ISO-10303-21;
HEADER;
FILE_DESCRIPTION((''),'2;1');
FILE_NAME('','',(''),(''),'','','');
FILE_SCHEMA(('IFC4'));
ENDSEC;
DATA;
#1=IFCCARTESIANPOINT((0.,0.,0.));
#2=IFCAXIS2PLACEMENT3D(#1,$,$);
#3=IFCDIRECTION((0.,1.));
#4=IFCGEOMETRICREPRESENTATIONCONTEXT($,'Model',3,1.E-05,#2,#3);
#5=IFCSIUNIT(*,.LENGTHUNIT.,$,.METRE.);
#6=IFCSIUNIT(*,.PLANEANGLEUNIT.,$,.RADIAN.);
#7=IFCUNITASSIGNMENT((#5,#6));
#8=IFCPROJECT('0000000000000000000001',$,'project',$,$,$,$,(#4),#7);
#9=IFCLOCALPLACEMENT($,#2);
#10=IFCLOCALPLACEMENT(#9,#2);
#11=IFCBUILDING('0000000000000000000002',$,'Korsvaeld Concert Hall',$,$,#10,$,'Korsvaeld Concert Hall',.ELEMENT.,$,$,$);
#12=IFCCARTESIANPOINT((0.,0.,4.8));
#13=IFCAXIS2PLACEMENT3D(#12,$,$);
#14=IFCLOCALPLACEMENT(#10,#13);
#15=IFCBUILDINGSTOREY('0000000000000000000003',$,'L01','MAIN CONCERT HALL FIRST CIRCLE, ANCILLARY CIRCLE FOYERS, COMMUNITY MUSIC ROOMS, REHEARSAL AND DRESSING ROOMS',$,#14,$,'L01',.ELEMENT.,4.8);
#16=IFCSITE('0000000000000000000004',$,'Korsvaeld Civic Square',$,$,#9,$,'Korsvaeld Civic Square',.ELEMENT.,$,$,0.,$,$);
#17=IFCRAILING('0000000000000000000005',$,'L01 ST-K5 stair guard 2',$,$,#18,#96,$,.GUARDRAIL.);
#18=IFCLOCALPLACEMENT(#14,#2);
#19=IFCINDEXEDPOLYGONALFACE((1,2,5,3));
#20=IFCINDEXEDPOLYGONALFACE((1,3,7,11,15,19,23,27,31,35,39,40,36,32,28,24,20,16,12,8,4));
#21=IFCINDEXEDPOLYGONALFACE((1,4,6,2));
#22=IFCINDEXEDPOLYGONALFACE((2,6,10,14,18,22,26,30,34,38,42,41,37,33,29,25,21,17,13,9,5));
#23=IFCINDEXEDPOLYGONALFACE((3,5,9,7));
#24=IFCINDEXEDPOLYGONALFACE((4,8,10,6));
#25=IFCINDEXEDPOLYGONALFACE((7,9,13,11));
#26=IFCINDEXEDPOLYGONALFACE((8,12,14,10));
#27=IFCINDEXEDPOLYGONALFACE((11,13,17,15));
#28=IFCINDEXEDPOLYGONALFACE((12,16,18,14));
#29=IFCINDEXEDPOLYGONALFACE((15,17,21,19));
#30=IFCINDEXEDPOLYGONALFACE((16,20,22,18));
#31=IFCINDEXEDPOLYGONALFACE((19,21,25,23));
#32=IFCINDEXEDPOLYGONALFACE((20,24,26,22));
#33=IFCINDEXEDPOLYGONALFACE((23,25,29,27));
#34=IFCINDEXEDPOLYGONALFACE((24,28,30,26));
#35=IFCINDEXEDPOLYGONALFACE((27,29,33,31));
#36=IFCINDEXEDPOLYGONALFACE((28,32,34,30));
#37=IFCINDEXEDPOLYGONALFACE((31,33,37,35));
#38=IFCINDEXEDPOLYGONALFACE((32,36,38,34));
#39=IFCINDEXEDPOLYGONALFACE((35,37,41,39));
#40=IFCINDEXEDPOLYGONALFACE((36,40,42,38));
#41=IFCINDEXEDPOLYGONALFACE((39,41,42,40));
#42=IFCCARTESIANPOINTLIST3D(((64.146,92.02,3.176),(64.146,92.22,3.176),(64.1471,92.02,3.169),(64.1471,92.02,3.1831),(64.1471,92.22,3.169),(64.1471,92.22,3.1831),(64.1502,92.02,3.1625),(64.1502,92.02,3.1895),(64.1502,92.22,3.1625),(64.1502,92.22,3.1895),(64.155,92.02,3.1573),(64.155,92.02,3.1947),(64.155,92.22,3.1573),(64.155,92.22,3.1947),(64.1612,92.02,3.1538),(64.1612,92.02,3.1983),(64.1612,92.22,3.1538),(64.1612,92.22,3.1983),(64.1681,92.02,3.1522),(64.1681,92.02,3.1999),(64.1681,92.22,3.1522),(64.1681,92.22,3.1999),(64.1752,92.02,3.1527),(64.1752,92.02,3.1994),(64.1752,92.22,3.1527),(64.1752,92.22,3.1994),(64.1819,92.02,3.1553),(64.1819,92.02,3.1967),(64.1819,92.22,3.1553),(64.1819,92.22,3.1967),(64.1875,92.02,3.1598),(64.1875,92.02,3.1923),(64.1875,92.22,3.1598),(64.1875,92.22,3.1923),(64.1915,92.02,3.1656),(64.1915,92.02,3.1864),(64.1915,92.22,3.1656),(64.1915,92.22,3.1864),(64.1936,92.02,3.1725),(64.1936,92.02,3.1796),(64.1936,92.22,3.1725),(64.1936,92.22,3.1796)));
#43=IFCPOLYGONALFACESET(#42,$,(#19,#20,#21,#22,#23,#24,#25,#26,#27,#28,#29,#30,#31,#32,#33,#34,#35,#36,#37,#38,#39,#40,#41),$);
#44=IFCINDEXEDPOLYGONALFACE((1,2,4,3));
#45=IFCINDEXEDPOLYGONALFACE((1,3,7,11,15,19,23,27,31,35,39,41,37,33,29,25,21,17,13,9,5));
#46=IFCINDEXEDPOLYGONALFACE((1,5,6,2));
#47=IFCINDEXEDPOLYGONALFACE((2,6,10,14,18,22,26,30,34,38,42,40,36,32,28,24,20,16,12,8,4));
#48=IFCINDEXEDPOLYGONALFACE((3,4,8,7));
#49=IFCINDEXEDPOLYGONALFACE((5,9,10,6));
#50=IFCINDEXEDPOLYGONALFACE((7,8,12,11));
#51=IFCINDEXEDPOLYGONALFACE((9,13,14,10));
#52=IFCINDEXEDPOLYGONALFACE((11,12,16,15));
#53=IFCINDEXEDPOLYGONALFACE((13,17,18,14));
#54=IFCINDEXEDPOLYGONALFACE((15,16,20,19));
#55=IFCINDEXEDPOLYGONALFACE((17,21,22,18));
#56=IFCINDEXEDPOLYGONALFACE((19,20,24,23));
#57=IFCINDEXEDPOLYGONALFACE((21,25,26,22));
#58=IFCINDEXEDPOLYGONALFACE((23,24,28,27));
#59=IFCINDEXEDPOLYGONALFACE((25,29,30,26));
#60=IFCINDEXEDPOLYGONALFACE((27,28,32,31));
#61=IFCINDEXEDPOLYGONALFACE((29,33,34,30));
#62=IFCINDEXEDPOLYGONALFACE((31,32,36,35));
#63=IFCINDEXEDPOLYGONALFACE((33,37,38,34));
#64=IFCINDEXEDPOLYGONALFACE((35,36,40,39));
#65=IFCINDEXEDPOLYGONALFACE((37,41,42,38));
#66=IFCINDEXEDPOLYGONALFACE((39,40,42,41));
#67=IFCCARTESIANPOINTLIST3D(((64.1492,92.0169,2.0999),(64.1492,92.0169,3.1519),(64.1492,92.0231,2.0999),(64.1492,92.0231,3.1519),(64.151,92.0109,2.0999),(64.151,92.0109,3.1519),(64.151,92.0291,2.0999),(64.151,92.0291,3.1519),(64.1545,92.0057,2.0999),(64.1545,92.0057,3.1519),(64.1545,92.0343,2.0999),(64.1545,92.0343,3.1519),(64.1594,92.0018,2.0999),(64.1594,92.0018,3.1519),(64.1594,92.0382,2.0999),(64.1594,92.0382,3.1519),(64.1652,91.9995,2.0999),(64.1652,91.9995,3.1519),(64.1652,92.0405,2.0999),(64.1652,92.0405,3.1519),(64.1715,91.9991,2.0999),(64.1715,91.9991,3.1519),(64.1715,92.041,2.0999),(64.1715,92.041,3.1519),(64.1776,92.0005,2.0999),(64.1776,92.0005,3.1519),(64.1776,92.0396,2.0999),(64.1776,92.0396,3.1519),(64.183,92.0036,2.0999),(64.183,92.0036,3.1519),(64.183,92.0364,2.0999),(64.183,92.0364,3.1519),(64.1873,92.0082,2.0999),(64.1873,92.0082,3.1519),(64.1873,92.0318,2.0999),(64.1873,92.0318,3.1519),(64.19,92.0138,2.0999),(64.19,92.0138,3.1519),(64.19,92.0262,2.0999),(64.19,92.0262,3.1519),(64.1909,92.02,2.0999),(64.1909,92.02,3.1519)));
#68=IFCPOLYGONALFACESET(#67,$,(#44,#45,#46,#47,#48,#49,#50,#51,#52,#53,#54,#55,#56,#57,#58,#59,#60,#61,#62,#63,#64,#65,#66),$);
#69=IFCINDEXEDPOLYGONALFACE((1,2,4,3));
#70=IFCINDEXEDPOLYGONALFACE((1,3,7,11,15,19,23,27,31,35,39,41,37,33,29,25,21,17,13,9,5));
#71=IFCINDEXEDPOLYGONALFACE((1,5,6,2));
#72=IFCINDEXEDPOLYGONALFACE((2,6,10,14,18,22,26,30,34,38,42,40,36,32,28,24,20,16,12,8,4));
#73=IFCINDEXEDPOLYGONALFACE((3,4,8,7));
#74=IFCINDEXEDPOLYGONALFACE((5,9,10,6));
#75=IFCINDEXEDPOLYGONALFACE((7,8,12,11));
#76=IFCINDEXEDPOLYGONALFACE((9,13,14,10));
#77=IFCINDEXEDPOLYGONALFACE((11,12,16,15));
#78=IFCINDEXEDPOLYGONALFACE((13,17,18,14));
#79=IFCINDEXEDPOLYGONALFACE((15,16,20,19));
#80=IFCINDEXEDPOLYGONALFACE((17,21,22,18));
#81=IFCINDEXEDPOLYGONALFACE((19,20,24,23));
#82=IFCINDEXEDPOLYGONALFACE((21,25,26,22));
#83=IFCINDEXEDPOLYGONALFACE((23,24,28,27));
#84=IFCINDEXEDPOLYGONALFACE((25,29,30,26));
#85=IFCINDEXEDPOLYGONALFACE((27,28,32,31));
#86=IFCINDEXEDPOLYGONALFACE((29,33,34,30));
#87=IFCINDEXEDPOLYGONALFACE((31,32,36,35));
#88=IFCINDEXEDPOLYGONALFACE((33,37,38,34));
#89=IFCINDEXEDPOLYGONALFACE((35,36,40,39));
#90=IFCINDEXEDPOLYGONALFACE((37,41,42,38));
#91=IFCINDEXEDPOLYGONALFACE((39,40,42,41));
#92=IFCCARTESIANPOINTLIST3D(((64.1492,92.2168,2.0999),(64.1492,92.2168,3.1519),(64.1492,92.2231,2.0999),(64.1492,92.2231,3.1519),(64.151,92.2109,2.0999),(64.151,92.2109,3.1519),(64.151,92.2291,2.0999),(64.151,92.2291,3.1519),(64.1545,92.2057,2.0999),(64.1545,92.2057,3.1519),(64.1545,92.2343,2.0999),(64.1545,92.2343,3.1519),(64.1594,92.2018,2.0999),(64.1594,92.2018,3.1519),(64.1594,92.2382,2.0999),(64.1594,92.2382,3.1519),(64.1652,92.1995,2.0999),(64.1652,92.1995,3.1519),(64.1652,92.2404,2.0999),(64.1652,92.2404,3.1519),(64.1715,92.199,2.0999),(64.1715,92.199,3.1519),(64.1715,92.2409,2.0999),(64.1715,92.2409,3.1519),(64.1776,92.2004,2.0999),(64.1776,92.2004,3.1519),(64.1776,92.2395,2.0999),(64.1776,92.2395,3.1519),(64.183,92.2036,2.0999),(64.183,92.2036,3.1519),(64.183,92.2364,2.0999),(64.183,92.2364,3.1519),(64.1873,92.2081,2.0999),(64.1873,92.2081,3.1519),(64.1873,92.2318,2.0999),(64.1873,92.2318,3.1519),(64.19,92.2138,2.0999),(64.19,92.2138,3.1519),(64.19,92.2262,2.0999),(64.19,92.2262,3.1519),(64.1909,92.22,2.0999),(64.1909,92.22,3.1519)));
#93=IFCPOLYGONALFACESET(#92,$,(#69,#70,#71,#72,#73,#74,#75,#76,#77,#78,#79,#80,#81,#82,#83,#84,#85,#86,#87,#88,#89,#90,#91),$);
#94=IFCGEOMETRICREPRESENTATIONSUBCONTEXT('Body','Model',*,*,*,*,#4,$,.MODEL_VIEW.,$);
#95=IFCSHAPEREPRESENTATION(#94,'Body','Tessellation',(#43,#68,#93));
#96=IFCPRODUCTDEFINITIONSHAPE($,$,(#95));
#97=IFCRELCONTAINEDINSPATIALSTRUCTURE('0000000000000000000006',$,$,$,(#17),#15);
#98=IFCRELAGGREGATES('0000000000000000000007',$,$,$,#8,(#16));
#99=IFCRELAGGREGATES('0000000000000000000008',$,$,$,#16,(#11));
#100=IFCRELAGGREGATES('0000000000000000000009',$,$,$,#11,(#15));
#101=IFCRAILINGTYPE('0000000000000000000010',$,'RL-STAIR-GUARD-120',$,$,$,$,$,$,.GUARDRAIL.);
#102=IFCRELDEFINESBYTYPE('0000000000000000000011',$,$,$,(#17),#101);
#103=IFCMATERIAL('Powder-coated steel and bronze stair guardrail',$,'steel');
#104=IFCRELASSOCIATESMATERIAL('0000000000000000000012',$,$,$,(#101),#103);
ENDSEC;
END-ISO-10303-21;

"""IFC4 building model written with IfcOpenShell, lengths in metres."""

from ifc_helpers import new_model, si_unit, direction, frame, origin, origin_2d, place, context, subcontext, project, spatial, circle, extrude, material, type_object, element, save


model = new_model("IFC4")

# Units and contexts
model_context = context("Model", 3, precision=1e-05, world=origin(), true_north=direction((0.0, 1.0)))
body_context = subcontext(model_context, "Body", "Model", "MODEL_VIEW")
ifc_project = project(units=[si_unit("LENGTHUNIT", "METRE"), si_unit("PLANEANGLEUNIT", "RADIAN")], contexts=[model_context])

# Site, building, storey
site_placement = place(None, origin())
site = spatial("IfcSite", under=ifc_project, at=site_placement, Name="Korsvaeld Civic Square", LongName="Korsvaeld Civic Square", CompositionType="ELEMENT", RefElevation=0.0)
building_placement = place(site_placement, origin())
building = spatial("IfcBuilding", under=site, at=building_placement, Name="Korsvaeld Concert Hall", LongName="Korsvaeld Concert Hall", CompositionType="ELEMENT")
storey_placement = place(building_placement, frame((0.0, 0.0, 4.8)))
storey = spatial("IfcBuildingStorey", under=building, at=storey_placement, Name="L01", Description="MAIN CONCERT HALL FIRST CIRCLE, ANCILLARY CIRCLE FOYERS, COMMUNITY MUSIC ROOMS, REHEARSAL AND DRESSING ROOMS", LongName="L01", CompositionType="ELEMENT", Elevation=4.8)

# Railing
ifc_material_1 = material(Name="Powder-coated steel and bronze stair guardrail", Category="steel")
railing_type_1 = type_object("IfcRailingType", Name="RL-STAIR-GUARD-120", PredefinedType="GUARDRAIL", material=ifc_material_1)
railing_1_placement = place(storey_placement, frame((64.1699, 92.02, 2.0999)))
element("IfcRailing", 1, at=railing_1_placement, inside=storey, type_object=railing_type_1, Name="L01 ST-K5 stair guard 2", PredefinedType="GUARDRAIL", context=body_context, shape_type="SweptSolid", body=[
    extrude(circle(Radius=0.0239, at=origin_2d()), frame((0.0, 0.0, 1.0762), z_axis=(0.0, 1.0, 0.0), x_axis=(-1.0, 0.0, 0.0)), (0.0, 0.0, 1.0), 0.2),
    extrude(circle(Radius=0.021, at=origin_2d()), origin(), (0.0, 0.0, 1.0), 1.052),
    extrude(circle(Radius=0.021, at=origin_2d()), frame((0.0, 0.2, 0.0)), (0.0, 0.0, 1.0), 1.052),
])

save(model, "model.ifc")
